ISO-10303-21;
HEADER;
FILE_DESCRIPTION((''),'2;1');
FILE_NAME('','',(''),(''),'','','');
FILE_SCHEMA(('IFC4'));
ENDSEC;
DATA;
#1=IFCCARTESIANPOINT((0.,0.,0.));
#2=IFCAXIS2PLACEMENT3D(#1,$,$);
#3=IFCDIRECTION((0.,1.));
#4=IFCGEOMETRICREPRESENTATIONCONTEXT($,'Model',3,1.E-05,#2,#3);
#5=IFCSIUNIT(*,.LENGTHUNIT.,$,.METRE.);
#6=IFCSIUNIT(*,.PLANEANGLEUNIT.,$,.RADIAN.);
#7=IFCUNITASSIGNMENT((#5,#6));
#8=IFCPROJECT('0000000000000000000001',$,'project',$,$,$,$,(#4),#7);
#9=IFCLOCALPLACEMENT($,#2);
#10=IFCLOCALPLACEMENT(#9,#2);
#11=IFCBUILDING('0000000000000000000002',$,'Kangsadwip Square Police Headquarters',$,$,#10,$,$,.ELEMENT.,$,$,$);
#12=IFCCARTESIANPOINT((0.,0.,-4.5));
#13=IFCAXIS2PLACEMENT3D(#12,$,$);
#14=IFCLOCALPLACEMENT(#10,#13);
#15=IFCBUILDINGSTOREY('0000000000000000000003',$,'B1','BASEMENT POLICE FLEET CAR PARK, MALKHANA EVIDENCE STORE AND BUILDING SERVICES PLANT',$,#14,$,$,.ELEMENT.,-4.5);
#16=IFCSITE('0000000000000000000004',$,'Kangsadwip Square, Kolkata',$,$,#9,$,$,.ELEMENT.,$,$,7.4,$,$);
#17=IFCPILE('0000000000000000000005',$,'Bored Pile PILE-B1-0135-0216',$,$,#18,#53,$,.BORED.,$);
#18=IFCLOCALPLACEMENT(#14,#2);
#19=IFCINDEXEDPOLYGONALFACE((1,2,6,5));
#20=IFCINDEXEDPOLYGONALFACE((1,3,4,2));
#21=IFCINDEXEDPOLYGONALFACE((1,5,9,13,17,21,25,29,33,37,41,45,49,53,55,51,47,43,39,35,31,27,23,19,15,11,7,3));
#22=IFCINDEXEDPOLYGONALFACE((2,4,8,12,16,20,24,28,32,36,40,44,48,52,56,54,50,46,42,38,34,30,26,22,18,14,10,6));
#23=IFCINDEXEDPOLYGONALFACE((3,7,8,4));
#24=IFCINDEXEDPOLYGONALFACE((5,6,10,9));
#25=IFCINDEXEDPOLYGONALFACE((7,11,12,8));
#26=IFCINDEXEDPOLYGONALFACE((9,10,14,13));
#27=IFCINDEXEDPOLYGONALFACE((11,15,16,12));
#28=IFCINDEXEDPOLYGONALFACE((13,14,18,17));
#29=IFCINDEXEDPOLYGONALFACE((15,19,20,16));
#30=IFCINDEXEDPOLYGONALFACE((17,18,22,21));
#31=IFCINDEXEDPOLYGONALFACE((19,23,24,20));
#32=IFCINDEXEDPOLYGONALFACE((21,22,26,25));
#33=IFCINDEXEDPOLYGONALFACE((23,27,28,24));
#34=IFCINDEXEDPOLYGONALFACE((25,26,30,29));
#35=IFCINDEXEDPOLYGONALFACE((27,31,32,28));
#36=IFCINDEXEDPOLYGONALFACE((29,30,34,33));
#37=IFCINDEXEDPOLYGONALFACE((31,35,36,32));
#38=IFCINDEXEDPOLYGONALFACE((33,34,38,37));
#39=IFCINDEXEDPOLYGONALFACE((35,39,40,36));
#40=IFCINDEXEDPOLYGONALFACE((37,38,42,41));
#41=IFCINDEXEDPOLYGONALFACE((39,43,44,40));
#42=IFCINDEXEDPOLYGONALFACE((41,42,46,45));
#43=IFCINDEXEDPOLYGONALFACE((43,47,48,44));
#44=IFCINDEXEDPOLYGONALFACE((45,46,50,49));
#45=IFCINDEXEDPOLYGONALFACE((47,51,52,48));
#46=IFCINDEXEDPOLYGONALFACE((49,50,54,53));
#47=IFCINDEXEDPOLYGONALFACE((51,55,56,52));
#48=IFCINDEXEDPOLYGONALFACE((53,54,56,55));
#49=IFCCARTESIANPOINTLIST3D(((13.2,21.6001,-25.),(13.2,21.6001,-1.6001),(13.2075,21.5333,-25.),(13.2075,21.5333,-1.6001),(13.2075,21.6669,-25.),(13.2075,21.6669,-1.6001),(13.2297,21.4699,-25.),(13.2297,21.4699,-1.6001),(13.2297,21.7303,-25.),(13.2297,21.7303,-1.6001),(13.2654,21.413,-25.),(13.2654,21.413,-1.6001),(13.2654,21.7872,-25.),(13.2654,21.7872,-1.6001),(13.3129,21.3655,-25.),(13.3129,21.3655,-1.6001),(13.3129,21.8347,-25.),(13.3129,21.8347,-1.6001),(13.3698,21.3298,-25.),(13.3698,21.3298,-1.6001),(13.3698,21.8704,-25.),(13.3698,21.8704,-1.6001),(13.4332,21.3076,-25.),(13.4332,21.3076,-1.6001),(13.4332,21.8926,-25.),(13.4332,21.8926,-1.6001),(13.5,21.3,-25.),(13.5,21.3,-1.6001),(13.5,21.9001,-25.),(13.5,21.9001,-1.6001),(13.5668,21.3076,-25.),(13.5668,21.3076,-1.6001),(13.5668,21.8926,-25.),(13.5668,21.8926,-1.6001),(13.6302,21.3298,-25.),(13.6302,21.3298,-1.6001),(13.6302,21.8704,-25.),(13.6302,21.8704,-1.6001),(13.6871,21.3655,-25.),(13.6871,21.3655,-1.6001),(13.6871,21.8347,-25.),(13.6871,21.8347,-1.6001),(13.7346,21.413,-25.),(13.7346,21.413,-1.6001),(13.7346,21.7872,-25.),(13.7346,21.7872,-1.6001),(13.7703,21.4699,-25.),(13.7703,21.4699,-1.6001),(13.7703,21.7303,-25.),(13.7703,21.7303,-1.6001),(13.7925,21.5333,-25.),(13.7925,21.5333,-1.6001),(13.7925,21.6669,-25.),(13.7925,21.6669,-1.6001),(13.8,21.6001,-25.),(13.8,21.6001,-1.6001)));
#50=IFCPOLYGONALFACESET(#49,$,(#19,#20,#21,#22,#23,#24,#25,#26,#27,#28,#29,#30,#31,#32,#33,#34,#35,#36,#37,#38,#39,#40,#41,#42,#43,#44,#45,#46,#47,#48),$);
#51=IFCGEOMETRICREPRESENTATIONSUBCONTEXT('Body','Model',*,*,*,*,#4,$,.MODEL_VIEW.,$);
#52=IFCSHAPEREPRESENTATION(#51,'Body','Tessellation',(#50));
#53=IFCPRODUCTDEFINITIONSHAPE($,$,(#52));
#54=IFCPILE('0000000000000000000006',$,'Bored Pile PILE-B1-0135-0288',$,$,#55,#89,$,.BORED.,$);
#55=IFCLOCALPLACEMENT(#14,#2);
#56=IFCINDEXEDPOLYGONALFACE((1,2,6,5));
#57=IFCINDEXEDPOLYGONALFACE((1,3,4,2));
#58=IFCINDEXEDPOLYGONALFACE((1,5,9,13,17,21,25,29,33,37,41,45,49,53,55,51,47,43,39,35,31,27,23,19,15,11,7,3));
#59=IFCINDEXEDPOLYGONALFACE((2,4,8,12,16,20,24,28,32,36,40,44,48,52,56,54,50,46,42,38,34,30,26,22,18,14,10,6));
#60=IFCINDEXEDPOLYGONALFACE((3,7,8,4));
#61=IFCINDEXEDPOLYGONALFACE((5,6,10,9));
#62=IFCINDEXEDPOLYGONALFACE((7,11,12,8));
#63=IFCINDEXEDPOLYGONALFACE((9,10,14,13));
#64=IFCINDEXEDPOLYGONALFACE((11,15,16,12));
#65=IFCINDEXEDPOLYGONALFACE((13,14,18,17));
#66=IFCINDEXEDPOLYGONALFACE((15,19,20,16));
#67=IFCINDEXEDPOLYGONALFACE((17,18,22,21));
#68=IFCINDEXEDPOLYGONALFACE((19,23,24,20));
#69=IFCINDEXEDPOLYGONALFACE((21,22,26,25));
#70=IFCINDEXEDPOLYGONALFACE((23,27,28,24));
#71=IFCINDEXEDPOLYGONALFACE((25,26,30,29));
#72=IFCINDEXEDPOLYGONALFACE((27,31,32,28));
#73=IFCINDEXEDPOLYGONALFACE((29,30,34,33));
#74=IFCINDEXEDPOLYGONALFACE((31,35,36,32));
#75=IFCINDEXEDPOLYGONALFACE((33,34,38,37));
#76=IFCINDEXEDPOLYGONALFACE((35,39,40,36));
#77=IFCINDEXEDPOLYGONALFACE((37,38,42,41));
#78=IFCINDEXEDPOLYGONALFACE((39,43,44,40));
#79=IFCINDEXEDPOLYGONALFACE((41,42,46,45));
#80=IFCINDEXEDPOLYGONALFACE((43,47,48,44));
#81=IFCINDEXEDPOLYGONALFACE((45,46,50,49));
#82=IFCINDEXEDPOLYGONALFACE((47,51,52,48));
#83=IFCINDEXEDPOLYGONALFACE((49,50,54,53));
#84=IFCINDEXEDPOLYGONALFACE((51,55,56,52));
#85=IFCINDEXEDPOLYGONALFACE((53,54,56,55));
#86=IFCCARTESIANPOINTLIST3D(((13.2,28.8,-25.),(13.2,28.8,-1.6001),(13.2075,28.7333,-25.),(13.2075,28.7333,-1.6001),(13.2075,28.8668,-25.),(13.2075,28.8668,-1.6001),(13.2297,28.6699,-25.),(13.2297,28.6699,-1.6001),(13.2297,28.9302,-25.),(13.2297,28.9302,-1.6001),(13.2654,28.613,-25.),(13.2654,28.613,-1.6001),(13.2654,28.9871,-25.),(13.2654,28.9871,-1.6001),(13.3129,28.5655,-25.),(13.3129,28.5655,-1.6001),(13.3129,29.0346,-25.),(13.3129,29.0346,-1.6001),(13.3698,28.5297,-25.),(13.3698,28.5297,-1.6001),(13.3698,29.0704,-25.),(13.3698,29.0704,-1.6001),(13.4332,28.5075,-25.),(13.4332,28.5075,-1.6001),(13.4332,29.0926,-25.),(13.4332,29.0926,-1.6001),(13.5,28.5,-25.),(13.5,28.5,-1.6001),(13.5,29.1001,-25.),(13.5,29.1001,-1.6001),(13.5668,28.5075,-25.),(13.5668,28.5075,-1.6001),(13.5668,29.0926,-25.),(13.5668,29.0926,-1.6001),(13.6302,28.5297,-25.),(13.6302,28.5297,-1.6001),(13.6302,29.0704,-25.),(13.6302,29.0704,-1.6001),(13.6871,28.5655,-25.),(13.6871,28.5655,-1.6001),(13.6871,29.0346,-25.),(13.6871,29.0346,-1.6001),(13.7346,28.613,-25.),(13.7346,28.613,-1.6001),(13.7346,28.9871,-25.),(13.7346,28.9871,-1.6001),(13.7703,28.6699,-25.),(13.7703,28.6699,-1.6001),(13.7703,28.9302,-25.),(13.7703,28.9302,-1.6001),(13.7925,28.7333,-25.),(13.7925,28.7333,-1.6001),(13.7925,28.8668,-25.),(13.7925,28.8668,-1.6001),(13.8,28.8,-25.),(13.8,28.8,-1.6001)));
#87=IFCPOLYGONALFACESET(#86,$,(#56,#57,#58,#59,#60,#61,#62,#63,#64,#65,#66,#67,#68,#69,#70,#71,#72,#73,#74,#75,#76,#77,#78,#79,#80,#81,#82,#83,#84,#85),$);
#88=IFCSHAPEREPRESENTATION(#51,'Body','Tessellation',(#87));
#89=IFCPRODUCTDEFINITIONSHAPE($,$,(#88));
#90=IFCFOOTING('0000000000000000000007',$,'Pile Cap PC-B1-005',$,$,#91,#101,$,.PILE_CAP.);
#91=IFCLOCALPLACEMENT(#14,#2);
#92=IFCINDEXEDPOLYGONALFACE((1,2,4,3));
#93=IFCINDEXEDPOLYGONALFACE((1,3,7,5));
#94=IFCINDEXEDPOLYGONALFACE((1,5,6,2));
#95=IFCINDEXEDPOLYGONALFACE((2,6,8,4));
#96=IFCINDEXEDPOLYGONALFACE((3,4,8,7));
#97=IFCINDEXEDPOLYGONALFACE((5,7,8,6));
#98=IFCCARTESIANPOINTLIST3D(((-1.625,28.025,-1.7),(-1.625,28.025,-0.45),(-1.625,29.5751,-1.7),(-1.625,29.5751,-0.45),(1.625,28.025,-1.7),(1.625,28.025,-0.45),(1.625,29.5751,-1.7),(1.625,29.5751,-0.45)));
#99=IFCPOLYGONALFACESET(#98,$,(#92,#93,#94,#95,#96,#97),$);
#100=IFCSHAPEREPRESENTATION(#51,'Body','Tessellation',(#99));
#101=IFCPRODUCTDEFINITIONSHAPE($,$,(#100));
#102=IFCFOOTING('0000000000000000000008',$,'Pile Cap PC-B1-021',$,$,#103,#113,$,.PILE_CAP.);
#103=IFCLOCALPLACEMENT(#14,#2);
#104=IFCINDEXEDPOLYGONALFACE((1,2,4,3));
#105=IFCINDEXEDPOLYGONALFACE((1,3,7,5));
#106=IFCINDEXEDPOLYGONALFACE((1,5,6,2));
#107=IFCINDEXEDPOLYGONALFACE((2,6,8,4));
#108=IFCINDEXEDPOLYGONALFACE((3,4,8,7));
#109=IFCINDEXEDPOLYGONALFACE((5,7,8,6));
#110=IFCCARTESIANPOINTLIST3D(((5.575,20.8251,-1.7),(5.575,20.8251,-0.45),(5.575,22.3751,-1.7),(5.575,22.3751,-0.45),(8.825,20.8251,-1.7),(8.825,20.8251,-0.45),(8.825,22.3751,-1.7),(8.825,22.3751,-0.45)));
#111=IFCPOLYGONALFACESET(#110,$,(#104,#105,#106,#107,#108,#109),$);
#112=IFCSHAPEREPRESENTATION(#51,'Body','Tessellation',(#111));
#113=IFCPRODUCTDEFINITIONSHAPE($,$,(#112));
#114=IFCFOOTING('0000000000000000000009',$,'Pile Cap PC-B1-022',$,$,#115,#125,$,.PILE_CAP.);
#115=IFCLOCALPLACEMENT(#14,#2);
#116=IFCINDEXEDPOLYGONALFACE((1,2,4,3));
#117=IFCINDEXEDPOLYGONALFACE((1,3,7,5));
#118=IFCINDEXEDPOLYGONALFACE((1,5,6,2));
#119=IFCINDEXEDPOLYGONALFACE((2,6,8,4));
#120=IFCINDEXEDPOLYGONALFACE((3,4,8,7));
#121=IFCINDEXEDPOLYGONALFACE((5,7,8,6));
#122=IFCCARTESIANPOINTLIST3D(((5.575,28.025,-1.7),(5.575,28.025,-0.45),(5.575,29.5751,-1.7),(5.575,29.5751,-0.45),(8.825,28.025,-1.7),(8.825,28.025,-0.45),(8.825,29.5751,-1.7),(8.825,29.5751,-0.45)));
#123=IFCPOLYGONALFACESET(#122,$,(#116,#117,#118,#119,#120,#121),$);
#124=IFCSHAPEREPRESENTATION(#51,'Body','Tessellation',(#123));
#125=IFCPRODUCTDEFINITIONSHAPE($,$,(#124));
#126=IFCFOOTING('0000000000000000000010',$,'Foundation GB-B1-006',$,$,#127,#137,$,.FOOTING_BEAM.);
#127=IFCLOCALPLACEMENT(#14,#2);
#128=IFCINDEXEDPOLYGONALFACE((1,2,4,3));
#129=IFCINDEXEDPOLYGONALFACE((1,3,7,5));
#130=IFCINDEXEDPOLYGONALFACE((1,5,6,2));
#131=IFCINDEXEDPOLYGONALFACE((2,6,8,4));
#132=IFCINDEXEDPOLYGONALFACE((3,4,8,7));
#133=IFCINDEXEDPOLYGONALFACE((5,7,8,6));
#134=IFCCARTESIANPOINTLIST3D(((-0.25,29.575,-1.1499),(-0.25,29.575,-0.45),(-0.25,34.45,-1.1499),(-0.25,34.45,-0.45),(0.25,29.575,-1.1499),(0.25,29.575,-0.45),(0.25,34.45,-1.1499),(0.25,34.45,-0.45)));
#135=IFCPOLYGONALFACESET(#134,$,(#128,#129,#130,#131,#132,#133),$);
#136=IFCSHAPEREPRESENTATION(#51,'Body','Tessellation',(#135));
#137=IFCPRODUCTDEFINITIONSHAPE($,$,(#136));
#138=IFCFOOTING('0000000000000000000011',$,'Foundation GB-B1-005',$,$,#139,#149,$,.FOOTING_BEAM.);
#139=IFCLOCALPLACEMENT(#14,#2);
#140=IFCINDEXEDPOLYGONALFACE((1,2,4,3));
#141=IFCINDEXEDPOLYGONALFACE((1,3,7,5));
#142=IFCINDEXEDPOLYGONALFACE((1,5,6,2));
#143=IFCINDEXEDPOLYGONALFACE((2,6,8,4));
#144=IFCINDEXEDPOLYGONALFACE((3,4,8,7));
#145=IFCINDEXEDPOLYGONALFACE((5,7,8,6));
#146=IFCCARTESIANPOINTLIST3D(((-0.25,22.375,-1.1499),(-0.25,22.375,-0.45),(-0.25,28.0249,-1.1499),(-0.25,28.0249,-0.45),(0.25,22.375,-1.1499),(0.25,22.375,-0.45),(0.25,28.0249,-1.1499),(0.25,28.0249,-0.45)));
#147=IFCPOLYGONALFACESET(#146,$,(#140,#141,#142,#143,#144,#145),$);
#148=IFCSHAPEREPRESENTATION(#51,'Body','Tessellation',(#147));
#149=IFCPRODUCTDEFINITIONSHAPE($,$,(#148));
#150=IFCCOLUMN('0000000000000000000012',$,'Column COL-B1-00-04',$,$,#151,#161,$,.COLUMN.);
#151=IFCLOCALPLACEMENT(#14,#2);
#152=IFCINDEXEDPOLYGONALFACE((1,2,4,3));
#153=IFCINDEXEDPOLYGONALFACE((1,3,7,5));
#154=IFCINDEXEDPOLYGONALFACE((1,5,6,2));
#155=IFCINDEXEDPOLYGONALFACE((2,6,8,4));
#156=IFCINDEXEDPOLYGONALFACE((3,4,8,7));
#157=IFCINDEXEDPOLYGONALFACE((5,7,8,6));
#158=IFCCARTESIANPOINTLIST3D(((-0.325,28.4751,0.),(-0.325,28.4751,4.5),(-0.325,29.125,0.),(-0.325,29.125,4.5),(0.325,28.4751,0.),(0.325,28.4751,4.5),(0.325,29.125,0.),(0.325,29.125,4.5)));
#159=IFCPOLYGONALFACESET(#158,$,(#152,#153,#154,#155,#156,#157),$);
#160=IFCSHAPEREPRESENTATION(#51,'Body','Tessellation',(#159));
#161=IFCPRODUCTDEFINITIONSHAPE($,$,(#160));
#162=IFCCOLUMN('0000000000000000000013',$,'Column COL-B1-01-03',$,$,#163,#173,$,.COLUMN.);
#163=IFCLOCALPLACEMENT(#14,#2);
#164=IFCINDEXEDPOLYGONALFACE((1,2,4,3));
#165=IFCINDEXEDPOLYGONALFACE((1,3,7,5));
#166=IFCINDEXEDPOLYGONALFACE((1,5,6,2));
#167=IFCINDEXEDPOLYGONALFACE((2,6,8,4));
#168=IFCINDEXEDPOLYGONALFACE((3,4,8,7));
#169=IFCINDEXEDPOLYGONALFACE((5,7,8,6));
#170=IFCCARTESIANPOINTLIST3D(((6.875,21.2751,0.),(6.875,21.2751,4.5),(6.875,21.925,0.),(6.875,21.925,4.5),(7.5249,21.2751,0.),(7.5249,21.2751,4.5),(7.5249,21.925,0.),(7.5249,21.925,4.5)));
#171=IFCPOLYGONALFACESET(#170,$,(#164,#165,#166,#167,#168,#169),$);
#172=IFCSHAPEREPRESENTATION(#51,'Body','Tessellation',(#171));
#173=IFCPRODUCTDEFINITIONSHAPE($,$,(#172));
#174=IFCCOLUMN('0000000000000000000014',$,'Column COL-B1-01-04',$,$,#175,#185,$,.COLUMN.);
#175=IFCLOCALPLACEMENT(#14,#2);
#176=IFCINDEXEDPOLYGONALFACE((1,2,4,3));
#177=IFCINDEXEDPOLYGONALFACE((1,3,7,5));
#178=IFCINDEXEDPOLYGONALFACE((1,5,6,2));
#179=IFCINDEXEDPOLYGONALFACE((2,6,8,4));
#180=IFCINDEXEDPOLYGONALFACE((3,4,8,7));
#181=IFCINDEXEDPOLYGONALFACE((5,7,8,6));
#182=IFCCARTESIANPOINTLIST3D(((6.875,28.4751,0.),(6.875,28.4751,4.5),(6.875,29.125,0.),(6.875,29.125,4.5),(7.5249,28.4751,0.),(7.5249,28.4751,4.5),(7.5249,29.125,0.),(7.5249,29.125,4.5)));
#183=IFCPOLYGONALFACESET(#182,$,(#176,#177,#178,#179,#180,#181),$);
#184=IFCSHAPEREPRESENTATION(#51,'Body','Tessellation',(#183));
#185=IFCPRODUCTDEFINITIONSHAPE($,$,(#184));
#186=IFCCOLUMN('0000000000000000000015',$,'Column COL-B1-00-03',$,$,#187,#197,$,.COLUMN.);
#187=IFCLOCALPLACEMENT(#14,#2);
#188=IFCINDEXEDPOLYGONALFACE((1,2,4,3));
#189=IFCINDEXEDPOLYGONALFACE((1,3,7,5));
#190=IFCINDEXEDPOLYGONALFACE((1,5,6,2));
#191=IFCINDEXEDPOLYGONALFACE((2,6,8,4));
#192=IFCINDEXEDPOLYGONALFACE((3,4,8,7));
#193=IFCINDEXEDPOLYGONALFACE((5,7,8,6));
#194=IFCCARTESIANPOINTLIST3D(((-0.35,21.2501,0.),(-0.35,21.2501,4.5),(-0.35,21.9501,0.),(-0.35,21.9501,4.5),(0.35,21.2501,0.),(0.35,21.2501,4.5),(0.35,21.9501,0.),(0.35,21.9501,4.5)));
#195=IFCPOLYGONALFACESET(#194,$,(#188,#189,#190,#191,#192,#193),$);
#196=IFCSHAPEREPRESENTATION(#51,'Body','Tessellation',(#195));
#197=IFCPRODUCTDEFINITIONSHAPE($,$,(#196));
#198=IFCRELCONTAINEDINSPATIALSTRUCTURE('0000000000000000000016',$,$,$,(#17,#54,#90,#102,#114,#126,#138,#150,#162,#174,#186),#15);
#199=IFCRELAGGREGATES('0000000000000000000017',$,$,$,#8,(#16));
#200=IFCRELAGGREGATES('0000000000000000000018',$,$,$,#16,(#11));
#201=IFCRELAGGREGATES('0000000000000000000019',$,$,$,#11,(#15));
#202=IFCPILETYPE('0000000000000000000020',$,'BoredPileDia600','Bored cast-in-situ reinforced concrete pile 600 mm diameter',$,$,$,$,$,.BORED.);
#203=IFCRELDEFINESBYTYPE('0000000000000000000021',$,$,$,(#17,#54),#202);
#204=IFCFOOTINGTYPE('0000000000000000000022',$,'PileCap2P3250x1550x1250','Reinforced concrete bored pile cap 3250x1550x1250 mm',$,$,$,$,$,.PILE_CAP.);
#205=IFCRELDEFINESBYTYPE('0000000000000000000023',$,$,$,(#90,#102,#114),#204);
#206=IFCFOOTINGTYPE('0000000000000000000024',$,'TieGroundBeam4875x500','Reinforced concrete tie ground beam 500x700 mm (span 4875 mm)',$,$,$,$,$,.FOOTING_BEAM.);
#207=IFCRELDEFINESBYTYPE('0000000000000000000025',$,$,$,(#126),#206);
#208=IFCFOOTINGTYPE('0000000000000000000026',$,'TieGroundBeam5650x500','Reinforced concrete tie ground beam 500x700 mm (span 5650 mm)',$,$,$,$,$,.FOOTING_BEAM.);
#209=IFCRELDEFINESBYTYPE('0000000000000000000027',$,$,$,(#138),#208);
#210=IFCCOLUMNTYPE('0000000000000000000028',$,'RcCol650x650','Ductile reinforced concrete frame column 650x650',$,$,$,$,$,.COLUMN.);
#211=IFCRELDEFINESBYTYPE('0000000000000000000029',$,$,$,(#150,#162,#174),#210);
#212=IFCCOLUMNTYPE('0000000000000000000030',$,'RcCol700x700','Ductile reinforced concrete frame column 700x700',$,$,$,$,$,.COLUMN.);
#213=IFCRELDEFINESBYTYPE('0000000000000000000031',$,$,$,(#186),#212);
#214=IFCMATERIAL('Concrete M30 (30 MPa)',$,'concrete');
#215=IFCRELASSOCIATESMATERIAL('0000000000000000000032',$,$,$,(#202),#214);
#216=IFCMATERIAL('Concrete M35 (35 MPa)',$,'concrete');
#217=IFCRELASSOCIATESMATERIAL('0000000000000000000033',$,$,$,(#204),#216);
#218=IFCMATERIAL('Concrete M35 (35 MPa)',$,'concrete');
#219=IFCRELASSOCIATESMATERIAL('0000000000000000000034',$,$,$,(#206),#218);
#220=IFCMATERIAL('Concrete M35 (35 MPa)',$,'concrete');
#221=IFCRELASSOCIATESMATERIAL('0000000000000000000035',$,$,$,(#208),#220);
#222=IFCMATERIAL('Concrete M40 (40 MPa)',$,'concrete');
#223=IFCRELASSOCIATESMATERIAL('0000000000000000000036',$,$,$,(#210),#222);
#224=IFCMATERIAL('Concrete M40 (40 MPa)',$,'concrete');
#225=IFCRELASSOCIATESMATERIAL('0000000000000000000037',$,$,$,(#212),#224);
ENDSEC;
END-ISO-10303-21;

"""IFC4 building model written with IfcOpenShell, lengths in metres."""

from ifc_helpers import new_model, si_unit, direction, frame, origin, origin_2d, place, context, subcontext, project, spatial, rectangle, circle, extrude, material, material_profile, profile_set, type_object, element, save


model = new_model("IFC4")

# Units and contexts
model_context = context("Model", 3, precision=1e-05, world=origin(), true_north=direction((0.0, 1.0)))
body_context = subcontext(model_context, "Body", "Model", "MODEL_VIEW")
ifc_project = project(units=[si_unit("LENGTHUNIT", "METRE"), si_unit("PLANEANGLEUNIT", "RADIAN")], contexts=[model_context])

# Site, building, storey
site_placement = place(None, origin())
site = spatial("IfcSite", under=ifc_project, at=site_placement, Name="Kangsadwip Square, Kolkata", CompositionType="ELEMENT", RefElevation=7.4)
building_placement = place(site_placement, origin())
building = spatial("IfcBuilding", under=site, at=building_placement, Name="Kangsadwip Square Police Headquarters", CompositionType="ELEMENT")
storey_placement = place(building_placement, frame((0.0, 0.0, -4.5)))
storey = spatial("IfcBuildingStorey", under=building, at=storey_placement, Name="B1", Description="BASEMENT POLICE FLEET CAR PARK, MALKHANA EVIDENCE STORE AND BUILDING SERVICES PLANT", CompositionType="ELEMENT", Elevation=-4.5)

# Piles
ifc_material_1 = material(Name="Concrete M30 (30 MPa)", Category="concrete")
ifc_material_profile_1 = material_profile(ifc_material_1, circle(Radius=0.3, at=origin_2d()), Name="PILE DIA 600")
ifc_profile_set_1 = profile_set([ifc_material_profile_1], Name="Concrete M30 (30 MPa)")
pile_type = type_object("IfcPileType", Name="BoredPileDia600", Description="Bored cast-in-situ reinforced concrete pile 600 mm diameter", PredefinedType="BORED", material=ifc_profile_set_1)
for number, where, z_axis, x_axis, name in (
    (1, (13.5, 21.6001, -1.6001), (0.0, 0.0, -1.0), (1.0, 0.0, 0.0), "Bored Pile PILE-B1-0135-0216"),
    (2, (13.5, 28.8, -1.6001), (0.0, 0.0, -1.0), (1.0, 0.0, 0.0), "Bored Pile PILE-B1-0135-0288"),
):
    element("IfcPile", number, at=place(storey_placement, frame(where, z_axis=z_axis, x_axis=x_axis)), inside=storey, type_object=pile_type, Name=name, PredefinedType="BORED", context=body_context, shape_type="SweptSolid", body=[
        extrude(circle(Radius=0.3, at=origin_2d()), origin(), (0.0, 0.0, 1.0), 23.3999),
    ])

# Footings
ifc_material_2 = material(Name="Concrete M35 (35 MPa)", Category="concrete")
footing_type_1 = type_object("IfcFootingType", Name="PileCap2P3250x1550x1250", Description="Reinforced concrete bored pile cap 3250x1550x1250 mm", PredefinedType="PILE_CAP", material=ifc_material_2)
for number, where, z_axis, x_axis, name in (
    (3, (0.0, 28.8, -1.7), (0.0, 0.0, 1.0), (1.0, 0.0, 0.0), "Pile Cap PC-B1-005"),
    (4, (7.2, 21.6001, -1.7), (0.0, 0.0, 1.0), (1.0, 0.0, 0.0), "Pile Cap PC-B1-021"),
    (5, (7.2, 28.8, -1.7), (0.0, 0.0, 1.0), (1.0, 0.0, 0.0), "Pile Cap PC-B1-022"),
):
    element("IfcFooting", number, at=place(storey_placement, frame(where, z_axis=z_axis, x_axis=x_axis)), inside=storey, type_object=footing_type_1, Name=name, PredefinedType="PILE_CAP", context=body_context, shape_type="SweptSolid", body=[
        extrude(rectangle(XDim=3.25, YDim=1.55, at=origin_2d()), origin(), (0.0, 0.0, 1.0), 1.25),
    ])
ifc_material_3 = material(Name="Concrete M35 (35 MPa)", Category="concrete")
footing_type_2 = type_object("IfcFootingType", Name="TieGroundBeam4875x500", Description="Reinforced concrete tie ground beam 500x700 mm (span 4875 mm)", PredefinedType="FOOTING_BEAM", material=ifc_material_3)
footing_1_placement = place(storey_placement, frame((0.0, 32.0125, -1.1499), z_axis=(0.0, 0.0, 1.0), x_axis=(0.0, 1.0, 0.0)))
element("IfcFooting", 6, at=footing_1_placement, inside=storey, type_object=footing_type_2, Name="Foundation GB-B1-006", PredefinedType="FOOTING_BEAM", context=body_context, shape_type="SweptSolid", body=[
    extrude(rectangle(XDim=4.875, YDim=0.5, at=origin_2d()), origin(), (0.0, 0.0, 1.0), 0.7),
])
ifc_material_4 = material(Name="Concrete M35 (35 MPa)", Category="concrete")
footing_type_3 = type_object("IfcFootingType", Name="TieGroundBeam5650x500", Description="Reinforced concrete tie ground beam 500x700 mm (span 5650 mm)", PredefinedType="FOOTING_BEAM", material=ifc_material_4)
footing_2_placement = place(storey_placement, frame((0.0, 25.2, -1.1499), z_axis=(0.0, 0.0, 1.0), x_axis=(0.0, 1.0, 0.0)))
element("IfcFooting", 7, at=footing_2_placement, inside=storey, type_object=footing_type_3, Name="Foundation GB-B1-005", PredefinedType="FOOTING_BEAM", context=body_context, shape_type="SweptSolid", body=[
    extrude(rectangle(XDim=5.6499, YDim=0.5, at=origin_2d()), origin(), (0.0, 0.0, 1.0), 0.7),
])

# Columns
ifc_material_5 = material(Name="Concrete M40 (40 MPa)", Category="concrete")
ifc_material_profile_2 = material_profile(ifc_material_5, rectangle(XDim=0.6499, YDim=0.6499, at=origin_2d()), Name="RC COL 650X650")
ifc_profile_set_2 = profile_set([ifc_material_profile_2], Name="Concrete M40 (40 MPa)")
column_type_1 = type_object("IfcColumnType", Name="RcCol650x650", Description="Ductile reinforced concrete frame column 650x650", PredefinedType="COLUMN", material=ifc_profile_set_2)
for number, where, z_axis, x_axis, name in (
    (8, (0.0, 28.8, 0.0), (0.0, 0.0, 1.0), (1.0, 0.0, 0.0), "Column COL-B1-00-04"),
    (9, (7.2, 21.6001, 0.0), (0.0, 0.0, 1.0), (1.0, 0.0, 0.0), "Column COL-B1-01-03"),
    (10, (7.2, 28.8, 0.0), (0.0, 0.0, 1.0), (1.0, 0.0, 0.0), "Column COL-B1-01-04"),
):
    element("IfcColumn", number, at=place(storey_placement, frame(where, z_axis=z_axis, x_axis=x_axis)), inside=storey, type_object=column_type_1, Name=name, PredefinedType="COLUMN", context=body_context, shape_type="SweptSolid", body=[
        extrude(rectangle(XDim=0.6499, YDim=0.6499, at=origin_2d()), origin(), (0.0, 0.0, 1.0), 4.5),
    ])
ifc_material_6 = material(Name="Concrete M40 (40 MPa)", Category="concrete")
ifc_material_profile_3 = material_profile(ifc_material_6, rectangle(XDim=0.7, YDim=0.7, at=origin_2d()), Name="RC COL 700X700")
ifc_profile_set_3 = profile_set([ifc_material_profile_3], Name="Concrete M40 (40 MPa)")
column_type_2 = type_object("IfcColumnType", Name="RcCol700x700", Description="Ductile reinforced concrete frame column 700x700", PredefinedType="COLUMN", material=ifc_profile_set_3)
column_placement = place(storey_placement, frame((0.0, 21.6001, 0.0), z_axis=(0.0, 0.0, 1.0), x_axis=(1.0, 0.0, 0.0)))
element("IfcColumn", 11, at=column_placement, inside=storey, type_object=column_type_2, Name="Column COL-B1-00-03", PredefinedType="COLUMN", context=body_context, shape_type="SweptSolid", body=[
    extrude(rectangle(XDim=0.7, YDim=0.7, at=origin_2d()), origin(), (0.0, 0.0, 1.0), 4.5),
])

save(model, "model.ifc")
